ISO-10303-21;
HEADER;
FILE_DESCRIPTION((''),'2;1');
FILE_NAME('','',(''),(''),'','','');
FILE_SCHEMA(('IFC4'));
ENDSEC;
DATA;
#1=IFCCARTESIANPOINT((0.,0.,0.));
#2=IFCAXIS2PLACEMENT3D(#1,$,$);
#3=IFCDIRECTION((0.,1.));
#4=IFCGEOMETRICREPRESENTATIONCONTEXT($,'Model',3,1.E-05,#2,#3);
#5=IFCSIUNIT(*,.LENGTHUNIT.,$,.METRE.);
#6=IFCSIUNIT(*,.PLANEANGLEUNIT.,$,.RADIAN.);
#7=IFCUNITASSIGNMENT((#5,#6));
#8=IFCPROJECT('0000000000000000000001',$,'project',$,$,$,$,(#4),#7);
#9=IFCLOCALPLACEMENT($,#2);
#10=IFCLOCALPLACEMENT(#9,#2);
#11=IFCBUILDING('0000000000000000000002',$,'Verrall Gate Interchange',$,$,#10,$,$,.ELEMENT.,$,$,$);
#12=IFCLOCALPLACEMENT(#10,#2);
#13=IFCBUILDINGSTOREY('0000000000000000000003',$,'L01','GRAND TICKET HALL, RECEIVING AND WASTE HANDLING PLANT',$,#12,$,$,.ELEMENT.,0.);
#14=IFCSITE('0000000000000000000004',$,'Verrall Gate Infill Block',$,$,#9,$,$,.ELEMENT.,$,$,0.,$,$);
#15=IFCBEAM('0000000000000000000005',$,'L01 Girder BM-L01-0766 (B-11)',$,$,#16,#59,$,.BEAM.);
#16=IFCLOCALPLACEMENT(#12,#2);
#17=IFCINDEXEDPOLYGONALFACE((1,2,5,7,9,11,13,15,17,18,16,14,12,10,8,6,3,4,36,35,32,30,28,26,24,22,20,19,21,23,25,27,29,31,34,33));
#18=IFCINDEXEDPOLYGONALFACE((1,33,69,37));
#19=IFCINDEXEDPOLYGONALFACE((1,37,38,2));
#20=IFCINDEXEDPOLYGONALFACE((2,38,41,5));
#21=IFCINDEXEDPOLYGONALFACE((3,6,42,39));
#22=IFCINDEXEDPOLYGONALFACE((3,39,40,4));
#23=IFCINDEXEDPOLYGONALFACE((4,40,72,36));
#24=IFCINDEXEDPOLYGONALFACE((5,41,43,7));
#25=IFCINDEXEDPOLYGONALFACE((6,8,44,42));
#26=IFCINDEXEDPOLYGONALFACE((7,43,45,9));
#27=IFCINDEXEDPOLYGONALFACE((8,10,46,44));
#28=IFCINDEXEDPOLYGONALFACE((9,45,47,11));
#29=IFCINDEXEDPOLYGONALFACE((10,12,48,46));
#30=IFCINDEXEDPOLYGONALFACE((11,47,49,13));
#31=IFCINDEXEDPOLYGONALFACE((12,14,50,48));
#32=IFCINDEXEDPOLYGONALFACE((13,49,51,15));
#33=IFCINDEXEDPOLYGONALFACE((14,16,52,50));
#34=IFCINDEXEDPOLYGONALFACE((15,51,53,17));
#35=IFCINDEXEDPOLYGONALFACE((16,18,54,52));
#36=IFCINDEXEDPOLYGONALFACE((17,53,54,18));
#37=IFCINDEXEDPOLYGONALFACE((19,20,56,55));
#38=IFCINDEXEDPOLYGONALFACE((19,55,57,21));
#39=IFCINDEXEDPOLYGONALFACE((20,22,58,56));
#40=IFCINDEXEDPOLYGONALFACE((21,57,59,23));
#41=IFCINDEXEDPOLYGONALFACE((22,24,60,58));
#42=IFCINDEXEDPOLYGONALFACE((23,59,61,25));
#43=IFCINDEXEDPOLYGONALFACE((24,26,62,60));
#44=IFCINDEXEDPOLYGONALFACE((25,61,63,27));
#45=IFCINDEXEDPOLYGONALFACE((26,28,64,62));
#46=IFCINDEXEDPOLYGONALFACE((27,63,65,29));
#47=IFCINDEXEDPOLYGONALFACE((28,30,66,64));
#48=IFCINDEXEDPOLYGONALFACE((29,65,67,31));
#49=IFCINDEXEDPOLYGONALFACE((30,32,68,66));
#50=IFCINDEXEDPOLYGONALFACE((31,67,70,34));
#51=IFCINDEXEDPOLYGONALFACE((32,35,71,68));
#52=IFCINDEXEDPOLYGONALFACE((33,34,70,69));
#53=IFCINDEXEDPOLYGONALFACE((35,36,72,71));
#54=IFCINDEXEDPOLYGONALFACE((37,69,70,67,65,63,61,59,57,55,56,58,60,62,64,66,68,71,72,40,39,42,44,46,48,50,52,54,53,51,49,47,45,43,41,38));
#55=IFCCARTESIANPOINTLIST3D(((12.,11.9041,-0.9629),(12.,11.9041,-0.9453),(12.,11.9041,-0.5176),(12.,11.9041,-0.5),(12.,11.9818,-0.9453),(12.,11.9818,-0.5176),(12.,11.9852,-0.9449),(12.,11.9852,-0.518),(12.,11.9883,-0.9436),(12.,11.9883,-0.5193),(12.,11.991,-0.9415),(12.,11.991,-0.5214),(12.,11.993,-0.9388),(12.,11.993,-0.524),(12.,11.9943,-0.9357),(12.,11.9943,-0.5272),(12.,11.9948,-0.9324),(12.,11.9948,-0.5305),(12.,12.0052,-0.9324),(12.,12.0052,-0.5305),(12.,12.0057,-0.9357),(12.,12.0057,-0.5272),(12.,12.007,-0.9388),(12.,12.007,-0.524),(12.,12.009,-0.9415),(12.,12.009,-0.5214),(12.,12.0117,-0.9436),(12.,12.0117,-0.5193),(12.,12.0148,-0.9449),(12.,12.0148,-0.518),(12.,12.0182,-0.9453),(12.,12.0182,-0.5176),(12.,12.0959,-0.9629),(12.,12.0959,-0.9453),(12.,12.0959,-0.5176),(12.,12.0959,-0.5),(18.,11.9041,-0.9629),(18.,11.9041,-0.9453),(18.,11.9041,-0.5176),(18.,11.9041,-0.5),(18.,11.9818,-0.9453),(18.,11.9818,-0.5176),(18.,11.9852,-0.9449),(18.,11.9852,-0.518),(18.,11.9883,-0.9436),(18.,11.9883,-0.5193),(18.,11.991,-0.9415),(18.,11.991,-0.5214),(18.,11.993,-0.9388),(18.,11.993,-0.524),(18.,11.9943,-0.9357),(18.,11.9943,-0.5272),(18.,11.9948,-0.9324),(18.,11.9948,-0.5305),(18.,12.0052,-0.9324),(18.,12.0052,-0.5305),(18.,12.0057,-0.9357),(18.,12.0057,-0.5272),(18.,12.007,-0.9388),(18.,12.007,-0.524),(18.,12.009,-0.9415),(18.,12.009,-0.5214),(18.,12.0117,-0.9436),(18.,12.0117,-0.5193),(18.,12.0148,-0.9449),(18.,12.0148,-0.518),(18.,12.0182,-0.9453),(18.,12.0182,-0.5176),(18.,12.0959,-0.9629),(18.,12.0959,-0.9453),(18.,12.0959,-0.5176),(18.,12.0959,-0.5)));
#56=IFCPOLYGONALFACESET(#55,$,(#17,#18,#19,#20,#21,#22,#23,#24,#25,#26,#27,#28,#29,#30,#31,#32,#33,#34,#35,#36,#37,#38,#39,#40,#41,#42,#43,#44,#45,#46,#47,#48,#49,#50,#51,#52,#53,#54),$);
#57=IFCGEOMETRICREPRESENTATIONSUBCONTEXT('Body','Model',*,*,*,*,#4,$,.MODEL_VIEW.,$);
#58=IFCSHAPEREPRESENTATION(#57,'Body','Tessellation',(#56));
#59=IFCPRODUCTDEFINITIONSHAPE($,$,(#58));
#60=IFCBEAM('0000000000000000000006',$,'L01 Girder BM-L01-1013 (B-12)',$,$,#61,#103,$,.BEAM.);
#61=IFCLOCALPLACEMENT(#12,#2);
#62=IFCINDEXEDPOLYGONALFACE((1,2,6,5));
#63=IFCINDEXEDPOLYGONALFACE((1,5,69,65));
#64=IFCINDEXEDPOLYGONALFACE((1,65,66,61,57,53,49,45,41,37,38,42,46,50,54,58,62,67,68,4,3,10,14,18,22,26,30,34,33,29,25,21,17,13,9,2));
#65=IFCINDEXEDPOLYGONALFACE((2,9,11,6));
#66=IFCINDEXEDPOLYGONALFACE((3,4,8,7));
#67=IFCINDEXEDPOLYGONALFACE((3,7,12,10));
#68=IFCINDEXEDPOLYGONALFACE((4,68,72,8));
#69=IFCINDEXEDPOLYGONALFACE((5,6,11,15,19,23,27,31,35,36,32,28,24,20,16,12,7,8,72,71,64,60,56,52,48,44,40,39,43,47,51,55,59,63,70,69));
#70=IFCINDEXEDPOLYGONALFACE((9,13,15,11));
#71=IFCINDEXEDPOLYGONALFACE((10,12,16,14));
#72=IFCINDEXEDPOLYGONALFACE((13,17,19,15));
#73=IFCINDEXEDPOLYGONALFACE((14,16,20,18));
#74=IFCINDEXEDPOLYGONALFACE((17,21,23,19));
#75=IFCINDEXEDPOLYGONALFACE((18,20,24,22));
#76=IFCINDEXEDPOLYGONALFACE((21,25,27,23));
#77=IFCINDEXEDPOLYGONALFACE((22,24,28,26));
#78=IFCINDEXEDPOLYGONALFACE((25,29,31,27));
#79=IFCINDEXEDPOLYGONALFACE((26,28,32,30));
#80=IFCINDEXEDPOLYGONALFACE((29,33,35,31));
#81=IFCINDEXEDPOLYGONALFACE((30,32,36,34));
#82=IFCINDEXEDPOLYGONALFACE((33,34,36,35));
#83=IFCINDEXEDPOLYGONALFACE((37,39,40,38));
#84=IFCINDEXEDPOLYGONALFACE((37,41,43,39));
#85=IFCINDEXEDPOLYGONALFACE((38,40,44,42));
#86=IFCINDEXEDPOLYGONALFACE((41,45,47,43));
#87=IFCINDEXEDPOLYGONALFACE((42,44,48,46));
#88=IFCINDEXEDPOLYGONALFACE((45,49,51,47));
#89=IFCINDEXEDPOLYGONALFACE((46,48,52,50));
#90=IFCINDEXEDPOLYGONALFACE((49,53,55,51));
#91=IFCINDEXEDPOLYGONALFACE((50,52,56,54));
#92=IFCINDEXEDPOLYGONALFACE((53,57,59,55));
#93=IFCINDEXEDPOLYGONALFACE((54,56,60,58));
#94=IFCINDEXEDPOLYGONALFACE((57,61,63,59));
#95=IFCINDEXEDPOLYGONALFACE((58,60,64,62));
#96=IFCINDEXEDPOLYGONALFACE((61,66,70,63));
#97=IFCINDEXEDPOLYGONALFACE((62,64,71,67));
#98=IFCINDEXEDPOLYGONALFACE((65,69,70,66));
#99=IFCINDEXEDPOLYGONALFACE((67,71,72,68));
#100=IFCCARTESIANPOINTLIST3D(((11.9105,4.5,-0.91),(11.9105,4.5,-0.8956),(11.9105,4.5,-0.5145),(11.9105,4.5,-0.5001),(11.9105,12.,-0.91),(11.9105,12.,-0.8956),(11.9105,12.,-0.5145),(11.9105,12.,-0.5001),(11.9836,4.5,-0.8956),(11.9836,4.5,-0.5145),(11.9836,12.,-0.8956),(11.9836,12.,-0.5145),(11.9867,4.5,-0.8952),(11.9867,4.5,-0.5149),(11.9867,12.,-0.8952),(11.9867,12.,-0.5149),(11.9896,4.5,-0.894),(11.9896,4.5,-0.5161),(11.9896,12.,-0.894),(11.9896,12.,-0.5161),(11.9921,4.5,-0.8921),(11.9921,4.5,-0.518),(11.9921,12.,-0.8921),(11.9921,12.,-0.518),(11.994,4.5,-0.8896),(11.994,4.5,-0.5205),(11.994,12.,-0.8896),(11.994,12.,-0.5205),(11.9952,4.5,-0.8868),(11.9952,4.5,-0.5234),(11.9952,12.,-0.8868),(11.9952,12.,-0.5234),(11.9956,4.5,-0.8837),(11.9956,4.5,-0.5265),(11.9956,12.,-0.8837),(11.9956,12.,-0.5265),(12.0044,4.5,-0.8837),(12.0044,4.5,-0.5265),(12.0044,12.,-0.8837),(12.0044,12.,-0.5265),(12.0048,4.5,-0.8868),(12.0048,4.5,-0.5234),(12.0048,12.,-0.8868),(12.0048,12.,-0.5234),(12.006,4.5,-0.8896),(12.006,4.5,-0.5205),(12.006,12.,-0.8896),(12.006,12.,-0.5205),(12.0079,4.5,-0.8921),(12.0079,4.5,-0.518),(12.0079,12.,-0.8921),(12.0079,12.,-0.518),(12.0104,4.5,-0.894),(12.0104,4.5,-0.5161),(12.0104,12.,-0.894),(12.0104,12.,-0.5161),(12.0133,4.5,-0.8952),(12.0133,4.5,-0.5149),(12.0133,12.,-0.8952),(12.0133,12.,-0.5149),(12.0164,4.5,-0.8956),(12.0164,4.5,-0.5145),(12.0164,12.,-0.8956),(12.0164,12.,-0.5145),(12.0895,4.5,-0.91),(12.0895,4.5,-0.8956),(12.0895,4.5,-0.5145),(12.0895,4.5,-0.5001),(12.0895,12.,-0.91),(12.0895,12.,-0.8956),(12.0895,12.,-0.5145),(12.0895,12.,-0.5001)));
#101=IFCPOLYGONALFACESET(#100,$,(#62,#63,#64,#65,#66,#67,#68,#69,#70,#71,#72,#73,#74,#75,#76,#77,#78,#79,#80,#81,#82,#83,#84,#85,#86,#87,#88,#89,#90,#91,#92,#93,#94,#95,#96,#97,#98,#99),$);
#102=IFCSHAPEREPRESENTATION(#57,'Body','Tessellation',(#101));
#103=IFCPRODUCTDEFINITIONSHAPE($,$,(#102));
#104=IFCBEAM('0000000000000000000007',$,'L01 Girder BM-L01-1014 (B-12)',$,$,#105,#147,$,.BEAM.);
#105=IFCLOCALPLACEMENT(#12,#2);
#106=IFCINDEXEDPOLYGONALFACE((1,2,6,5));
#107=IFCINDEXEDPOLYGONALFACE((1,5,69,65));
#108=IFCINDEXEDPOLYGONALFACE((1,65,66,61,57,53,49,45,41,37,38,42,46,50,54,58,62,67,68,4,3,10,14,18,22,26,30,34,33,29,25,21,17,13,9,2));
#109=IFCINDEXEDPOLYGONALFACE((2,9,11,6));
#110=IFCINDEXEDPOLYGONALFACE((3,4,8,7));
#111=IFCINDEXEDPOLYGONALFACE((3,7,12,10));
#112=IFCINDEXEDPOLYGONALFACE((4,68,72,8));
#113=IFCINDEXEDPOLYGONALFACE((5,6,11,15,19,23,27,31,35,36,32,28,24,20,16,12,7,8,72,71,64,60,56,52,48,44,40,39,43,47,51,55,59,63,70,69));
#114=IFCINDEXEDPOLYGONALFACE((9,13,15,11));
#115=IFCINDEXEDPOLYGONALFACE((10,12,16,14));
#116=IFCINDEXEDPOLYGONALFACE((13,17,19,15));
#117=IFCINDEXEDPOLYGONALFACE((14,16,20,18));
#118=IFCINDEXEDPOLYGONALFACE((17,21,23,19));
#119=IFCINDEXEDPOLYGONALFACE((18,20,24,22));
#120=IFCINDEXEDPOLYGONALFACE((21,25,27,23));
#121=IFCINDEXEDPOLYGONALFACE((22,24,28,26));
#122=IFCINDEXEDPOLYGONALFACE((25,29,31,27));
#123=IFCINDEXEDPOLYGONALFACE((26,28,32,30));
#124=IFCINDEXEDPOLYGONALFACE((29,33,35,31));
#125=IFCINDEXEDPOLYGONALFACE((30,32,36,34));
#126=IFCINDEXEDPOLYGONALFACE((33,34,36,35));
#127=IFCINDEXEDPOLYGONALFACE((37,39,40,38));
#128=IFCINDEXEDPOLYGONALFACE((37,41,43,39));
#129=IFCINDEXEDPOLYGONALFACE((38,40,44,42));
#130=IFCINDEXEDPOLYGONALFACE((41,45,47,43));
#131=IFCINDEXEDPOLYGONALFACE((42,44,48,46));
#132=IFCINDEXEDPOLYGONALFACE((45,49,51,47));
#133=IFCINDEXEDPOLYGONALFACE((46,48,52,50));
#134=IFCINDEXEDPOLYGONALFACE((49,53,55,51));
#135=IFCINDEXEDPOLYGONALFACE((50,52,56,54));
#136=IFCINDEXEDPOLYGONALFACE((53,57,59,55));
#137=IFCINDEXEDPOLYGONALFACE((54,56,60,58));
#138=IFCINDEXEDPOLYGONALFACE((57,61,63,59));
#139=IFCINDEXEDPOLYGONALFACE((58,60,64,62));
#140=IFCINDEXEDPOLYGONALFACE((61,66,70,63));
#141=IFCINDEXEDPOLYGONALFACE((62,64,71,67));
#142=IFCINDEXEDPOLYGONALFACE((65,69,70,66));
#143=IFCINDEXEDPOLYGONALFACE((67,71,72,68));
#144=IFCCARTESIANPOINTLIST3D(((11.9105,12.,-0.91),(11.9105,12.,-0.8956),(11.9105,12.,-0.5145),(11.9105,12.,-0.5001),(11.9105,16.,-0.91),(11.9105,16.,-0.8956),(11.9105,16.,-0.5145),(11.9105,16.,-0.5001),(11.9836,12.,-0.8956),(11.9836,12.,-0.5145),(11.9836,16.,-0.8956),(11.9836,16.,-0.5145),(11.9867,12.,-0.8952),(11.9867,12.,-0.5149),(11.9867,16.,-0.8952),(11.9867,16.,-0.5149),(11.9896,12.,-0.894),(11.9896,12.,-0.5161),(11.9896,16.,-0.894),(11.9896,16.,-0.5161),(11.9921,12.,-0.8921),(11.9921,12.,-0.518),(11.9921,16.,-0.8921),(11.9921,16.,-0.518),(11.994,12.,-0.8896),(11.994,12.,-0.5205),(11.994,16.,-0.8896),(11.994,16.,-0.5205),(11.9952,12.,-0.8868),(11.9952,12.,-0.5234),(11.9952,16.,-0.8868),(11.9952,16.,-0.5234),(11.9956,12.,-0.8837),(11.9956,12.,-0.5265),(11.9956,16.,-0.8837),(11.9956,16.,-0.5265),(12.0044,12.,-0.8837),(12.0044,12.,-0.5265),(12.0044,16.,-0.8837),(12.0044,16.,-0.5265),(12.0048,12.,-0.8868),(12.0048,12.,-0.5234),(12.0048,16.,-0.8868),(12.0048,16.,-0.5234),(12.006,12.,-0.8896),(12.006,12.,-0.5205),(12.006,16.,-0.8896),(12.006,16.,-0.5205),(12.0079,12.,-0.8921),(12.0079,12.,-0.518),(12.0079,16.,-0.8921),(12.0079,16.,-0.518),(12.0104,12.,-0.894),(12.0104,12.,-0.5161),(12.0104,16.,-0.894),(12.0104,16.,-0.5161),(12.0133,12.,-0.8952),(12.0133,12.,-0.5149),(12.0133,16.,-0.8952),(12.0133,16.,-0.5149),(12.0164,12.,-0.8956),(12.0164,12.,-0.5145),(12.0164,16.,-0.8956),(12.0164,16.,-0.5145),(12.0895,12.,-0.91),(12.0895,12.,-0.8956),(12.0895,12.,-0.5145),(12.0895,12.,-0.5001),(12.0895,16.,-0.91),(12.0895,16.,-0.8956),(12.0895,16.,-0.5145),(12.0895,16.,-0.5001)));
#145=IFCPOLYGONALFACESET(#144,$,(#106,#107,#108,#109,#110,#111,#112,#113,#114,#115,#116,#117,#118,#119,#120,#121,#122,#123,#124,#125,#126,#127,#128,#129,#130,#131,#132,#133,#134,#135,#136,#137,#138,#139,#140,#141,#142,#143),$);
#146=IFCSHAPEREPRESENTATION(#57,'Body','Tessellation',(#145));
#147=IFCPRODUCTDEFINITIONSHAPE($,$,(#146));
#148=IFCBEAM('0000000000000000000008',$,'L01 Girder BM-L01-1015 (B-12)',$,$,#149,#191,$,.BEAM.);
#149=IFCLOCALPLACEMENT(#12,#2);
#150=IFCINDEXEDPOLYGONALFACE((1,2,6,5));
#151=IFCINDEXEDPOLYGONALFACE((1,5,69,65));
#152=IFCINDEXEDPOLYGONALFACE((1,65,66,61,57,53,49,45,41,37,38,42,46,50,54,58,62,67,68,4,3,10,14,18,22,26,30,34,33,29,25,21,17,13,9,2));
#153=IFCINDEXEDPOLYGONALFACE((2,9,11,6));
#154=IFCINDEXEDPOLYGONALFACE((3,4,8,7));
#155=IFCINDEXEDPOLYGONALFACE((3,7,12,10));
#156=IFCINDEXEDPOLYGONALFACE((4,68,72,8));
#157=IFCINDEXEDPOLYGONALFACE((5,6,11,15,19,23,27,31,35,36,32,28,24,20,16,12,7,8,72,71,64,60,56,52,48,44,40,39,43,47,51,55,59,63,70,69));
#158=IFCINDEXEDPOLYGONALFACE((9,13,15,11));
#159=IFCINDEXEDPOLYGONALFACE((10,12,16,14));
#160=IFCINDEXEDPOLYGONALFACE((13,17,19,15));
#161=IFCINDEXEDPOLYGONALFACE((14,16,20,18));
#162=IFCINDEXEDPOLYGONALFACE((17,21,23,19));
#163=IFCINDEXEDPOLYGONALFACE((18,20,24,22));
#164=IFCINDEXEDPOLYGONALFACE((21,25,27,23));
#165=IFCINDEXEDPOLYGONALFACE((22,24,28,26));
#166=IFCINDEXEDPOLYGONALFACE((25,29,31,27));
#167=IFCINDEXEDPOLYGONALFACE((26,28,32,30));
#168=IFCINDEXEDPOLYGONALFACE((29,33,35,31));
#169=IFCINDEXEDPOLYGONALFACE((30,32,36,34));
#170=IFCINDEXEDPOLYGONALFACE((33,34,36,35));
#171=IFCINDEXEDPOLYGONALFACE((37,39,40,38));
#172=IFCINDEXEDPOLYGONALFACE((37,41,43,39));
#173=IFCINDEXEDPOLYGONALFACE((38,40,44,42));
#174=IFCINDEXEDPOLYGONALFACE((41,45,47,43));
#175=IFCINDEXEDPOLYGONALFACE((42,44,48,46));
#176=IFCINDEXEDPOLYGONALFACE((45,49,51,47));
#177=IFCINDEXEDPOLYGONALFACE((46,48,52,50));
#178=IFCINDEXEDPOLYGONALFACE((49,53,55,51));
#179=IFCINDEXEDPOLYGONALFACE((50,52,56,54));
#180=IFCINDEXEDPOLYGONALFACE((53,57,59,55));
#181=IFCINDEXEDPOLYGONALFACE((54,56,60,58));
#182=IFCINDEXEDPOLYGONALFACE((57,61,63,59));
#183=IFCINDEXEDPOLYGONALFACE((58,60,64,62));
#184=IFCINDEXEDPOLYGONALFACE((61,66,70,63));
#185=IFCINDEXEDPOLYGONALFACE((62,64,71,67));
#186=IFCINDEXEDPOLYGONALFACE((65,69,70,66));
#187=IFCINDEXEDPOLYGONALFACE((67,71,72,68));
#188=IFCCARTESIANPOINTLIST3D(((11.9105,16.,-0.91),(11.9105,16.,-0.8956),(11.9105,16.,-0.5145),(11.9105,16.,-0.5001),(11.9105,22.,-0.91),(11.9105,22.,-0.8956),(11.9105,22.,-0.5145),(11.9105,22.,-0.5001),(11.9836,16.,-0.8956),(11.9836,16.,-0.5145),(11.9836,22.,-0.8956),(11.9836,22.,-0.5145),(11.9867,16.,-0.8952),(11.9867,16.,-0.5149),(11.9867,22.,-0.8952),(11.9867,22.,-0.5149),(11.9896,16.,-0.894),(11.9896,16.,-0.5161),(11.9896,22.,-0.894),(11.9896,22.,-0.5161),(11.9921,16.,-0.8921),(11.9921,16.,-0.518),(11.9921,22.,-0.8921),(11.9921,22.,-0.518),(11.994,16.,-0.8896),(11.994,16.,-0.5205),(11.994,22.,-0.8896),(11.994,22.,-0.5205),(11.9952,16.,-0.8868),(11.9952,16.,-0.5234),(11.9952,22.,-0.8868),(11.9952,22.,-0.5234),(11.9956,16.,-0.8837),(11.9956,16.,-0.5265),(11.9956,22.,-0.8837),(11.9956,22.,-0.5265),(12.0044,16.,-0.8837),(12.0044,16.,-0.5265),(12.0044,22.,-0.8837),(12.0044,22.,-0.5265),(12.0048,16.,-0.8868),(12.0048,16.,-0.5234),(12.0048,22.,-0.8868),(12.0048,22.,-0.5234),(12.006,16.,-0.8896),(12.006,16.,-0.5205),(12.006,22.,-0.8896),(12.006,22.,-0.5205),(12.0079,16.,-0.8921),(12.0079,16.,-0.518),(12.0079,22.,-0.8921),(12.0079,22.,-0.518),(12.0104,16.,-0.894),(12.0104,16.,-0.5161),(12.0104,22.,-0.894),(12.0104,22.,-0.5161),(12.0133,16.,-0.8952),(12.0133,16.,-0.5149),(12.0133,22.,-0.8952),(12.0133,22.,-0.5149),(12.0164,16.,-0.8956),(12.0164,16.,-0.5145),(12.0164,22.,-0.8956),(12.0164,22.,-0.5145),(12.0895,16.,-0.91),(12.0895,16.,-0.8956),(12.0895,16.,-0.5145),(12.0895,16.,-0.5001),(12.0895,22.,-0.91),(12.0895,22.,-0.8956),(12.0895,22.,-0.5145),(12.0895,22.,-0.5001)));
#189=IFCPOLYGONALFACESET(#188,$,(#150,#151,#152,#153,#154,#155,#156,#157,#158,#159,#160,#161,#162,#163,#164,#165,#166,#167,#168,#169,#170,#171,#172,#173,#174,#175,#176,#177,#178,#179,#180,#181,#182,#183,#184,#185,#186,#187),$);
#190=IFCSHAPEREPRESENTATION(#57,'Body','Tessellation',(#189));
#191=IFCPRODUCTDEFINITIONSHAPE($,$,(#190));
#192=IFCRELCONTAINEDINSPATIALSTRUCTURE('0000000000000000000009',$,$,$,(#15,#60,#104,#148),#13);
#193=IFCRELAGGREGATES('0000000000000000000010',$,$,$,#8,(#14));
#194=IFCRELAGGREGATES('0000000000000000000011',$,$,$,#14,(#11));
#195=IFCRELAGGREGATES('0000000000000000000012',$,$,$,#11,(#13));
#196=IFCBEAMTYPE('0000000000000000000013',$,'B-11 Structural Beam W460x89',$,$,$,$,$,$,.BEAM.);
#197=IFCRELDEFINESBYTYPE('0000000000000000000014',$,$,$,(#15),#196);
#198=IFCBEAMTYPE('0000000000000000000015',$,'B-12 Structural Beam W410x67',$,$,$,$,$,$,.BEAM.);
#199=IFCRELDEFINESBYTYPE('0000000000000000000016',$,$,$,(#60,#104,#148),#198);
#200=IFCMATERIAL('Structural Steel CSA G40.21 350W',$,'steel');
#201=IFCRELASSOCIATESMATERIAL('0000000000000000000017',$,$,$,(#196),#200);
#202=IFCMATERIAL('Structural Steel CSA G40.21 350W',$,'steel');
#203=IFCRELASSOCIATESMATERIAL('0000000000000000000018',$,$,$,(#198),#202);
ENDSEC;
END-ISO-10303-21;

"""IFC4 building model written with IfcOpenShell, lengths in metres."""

from ifc_helpers import new_model, si_unit, direction, frame, origin, origin_2d, place, context, subcontext, project, spatial, i_section, extrude, material, material_profile, profile_set, type_object, element, save


model = new_model("IFC4")

# Units and contexts
model_context = context("Model", 3, precision=1e-05, world=origin(), true_north=direction((0.0, 1.0)))
body_context = subcontext(model_context, "Body", "Model", "MODEL_VIEW")
ifc_project = project(units=[si_unit("LENGTHUNIT", "METRE"), si_unit("PLANEANGLEUNIT", "RADIAN")], contexts=[model_context])

# Site, building, storey
site_placement = place(None, origin())
site = spatial("IfcSite", under=ifc_project, at=site_placement, Name="Verrall Gate Infill Block", CompositionType="ELEMENT", RefElevation=0.0)
building_placement = place(site_placement, origin())
building = spatial("IfcBuilding", under=site, at=building_placement, Name="Verrall Gate Interchange", CompositionType="ELEMENT")
storey_placement = place(building_placement, origin())
storey = spatial("IfcBuildingStorey", under=building, at=storey_placement, Name="L01", Description="GRAND TICKET HALL, RECEIVING AND WASTE HANDLING PLANT", CompositionType="ELEMENT", Elevation=0.0)

# Beams
ifc_material_1 = material(Name="Structural Steel CSA G40.21 350W", Category="steel")
ifc_material_profile_1 = material_profile(ifc_material_1, i_section(OverallWidth=0.1919, OverallDepth=0.4629, WebThickness=0.0105, FlangeThickness=0.0176, FilletRadius=0.0129, at=origin_2d()), Name="W460x89")
ifc_profile_set_1 = profile_set([ifc_material_profile_1], Name="Structural Steel CSA G40.21 350W")
beam_type_1 = type_object("IfcBeamType", Name="B-11 Structural Beam W460x89", PredefinedType="BEAM", material=ifc_profile_set_1)
beam_1_placement = place(storey_placement, frame((12.0, 12.0, -0.7314), z_axis=(1.0, 0.0, 0.0), x_axis=(0.0, 1.0, 0.0)))
element("IfcBeam", 1, at=beam_1_placement, inside=storey, type_object=beam_type_1, Name="L01 Girder BM-L01-0766 (B-11)", PredefinedType="BEAM", context=body_context, shape_type="SweptSolid", body=[
    extrude(i_section(OverallWidth=0.1919, OverallDepth=0.4629, WebThickness=0.0105, FlangeThickness=0.0176, FilletRadius=0.0129, at=origin_2d()), origin(), (0.0, 0.0, 1.0), 6.0),
])
ifc_material_2 = material(Name="Structural Steel CSA G40.21 350W", Category="steel")
ifc_material_profile_2 = material_profile(ifc_material_2, i_section(OverallWidth=0.179, OverallDepth=0.4099, WebThickness=0.0088, FlangeThickness=0.0144, FilletRadius=0.012, at=origin_2d()), Name="W410x67")
ifc_profile_set_2 = profile_set([ifc_material_profile_2], Name="Structural Steel CSA G40.21 350W")
beam_type_2 = type_object("IfcBeamType", Name="B-12 Structural Beam W410x67", PredefinedType="BEAM", material=ifc_profile_set_2)
beam_2_placement = place(storey_placement, frame((12.0, 4.5, -0.7051), z_axis=(0.0, 1.0, 0.0), x_axis=(-1.0, 0.0, 0.0)))
element("IfcBeam", 2, at=beam_2_placement, inside=storey, type_object=beam_type_2, Name="L01 Girder BM-L01-1013 (B-12)", PredefinedType="BEAM", context=body_context, shape_type="SweptSolid", body=[
    extrude(i_section(OverallWidth=0.179, OverallDepth=0.4099, WebThickness=0.0088, FlangeThickness=0.0144, FilletRadius=0.012, at=origin_2d()), origin(), (0.0, 0.0, 1.0), 7.5),
])
beam_3_placement = place(storey_placement, frame((12.0, 12.0, -0.7051), z_axis=(0.0, 1.0, 0.0), x_axis=(-1.0, 0.0, 0.0)))
element("IfcBeam", 3, at=beam_3_placement, inside=storey, type_object=beam_type_2, Name="L01 Girder BM-L01-1014 (B-12)", PredefinedType="BEAM", context=body_context, shape_type="SweptSolid", body=[
    extrude(i_section(OverallWidth=0.179, OverallDepth=0.4099, WebThickness=0.0088, FlangeThickness=0.0144, FilletRadius=0.012, at=origin_2d()), origin(), (0.0, 0.0, 1.0), 4.0),
])
beam_4_placement = place(storey_placement, frame((12.0, 16.0, -0.7051), z_axis=(0.0, 1.0, 0.0), x_axis=(-1.0, 0.0, 0.0)))
element("IfcBeam", 4, at=beam_4_placement, inside=storey, type_object=beam_type_2, Name="L01 Girder BM-L01-1015 (B-12)", PredefinedType="BEAM", context=body_context, shape_type="SweptSolid", body=[
    extrude(i_section(OverallWidth=0.179, OverallDepth=0.4099, WebThickness=0.0088, FlangeThickness=0.0144, FilletRadius=0.012, at=origin_2d()), origin(), (0.0, 0.0, 1.0), 6.0),
])

save(model, "model.ifc")
